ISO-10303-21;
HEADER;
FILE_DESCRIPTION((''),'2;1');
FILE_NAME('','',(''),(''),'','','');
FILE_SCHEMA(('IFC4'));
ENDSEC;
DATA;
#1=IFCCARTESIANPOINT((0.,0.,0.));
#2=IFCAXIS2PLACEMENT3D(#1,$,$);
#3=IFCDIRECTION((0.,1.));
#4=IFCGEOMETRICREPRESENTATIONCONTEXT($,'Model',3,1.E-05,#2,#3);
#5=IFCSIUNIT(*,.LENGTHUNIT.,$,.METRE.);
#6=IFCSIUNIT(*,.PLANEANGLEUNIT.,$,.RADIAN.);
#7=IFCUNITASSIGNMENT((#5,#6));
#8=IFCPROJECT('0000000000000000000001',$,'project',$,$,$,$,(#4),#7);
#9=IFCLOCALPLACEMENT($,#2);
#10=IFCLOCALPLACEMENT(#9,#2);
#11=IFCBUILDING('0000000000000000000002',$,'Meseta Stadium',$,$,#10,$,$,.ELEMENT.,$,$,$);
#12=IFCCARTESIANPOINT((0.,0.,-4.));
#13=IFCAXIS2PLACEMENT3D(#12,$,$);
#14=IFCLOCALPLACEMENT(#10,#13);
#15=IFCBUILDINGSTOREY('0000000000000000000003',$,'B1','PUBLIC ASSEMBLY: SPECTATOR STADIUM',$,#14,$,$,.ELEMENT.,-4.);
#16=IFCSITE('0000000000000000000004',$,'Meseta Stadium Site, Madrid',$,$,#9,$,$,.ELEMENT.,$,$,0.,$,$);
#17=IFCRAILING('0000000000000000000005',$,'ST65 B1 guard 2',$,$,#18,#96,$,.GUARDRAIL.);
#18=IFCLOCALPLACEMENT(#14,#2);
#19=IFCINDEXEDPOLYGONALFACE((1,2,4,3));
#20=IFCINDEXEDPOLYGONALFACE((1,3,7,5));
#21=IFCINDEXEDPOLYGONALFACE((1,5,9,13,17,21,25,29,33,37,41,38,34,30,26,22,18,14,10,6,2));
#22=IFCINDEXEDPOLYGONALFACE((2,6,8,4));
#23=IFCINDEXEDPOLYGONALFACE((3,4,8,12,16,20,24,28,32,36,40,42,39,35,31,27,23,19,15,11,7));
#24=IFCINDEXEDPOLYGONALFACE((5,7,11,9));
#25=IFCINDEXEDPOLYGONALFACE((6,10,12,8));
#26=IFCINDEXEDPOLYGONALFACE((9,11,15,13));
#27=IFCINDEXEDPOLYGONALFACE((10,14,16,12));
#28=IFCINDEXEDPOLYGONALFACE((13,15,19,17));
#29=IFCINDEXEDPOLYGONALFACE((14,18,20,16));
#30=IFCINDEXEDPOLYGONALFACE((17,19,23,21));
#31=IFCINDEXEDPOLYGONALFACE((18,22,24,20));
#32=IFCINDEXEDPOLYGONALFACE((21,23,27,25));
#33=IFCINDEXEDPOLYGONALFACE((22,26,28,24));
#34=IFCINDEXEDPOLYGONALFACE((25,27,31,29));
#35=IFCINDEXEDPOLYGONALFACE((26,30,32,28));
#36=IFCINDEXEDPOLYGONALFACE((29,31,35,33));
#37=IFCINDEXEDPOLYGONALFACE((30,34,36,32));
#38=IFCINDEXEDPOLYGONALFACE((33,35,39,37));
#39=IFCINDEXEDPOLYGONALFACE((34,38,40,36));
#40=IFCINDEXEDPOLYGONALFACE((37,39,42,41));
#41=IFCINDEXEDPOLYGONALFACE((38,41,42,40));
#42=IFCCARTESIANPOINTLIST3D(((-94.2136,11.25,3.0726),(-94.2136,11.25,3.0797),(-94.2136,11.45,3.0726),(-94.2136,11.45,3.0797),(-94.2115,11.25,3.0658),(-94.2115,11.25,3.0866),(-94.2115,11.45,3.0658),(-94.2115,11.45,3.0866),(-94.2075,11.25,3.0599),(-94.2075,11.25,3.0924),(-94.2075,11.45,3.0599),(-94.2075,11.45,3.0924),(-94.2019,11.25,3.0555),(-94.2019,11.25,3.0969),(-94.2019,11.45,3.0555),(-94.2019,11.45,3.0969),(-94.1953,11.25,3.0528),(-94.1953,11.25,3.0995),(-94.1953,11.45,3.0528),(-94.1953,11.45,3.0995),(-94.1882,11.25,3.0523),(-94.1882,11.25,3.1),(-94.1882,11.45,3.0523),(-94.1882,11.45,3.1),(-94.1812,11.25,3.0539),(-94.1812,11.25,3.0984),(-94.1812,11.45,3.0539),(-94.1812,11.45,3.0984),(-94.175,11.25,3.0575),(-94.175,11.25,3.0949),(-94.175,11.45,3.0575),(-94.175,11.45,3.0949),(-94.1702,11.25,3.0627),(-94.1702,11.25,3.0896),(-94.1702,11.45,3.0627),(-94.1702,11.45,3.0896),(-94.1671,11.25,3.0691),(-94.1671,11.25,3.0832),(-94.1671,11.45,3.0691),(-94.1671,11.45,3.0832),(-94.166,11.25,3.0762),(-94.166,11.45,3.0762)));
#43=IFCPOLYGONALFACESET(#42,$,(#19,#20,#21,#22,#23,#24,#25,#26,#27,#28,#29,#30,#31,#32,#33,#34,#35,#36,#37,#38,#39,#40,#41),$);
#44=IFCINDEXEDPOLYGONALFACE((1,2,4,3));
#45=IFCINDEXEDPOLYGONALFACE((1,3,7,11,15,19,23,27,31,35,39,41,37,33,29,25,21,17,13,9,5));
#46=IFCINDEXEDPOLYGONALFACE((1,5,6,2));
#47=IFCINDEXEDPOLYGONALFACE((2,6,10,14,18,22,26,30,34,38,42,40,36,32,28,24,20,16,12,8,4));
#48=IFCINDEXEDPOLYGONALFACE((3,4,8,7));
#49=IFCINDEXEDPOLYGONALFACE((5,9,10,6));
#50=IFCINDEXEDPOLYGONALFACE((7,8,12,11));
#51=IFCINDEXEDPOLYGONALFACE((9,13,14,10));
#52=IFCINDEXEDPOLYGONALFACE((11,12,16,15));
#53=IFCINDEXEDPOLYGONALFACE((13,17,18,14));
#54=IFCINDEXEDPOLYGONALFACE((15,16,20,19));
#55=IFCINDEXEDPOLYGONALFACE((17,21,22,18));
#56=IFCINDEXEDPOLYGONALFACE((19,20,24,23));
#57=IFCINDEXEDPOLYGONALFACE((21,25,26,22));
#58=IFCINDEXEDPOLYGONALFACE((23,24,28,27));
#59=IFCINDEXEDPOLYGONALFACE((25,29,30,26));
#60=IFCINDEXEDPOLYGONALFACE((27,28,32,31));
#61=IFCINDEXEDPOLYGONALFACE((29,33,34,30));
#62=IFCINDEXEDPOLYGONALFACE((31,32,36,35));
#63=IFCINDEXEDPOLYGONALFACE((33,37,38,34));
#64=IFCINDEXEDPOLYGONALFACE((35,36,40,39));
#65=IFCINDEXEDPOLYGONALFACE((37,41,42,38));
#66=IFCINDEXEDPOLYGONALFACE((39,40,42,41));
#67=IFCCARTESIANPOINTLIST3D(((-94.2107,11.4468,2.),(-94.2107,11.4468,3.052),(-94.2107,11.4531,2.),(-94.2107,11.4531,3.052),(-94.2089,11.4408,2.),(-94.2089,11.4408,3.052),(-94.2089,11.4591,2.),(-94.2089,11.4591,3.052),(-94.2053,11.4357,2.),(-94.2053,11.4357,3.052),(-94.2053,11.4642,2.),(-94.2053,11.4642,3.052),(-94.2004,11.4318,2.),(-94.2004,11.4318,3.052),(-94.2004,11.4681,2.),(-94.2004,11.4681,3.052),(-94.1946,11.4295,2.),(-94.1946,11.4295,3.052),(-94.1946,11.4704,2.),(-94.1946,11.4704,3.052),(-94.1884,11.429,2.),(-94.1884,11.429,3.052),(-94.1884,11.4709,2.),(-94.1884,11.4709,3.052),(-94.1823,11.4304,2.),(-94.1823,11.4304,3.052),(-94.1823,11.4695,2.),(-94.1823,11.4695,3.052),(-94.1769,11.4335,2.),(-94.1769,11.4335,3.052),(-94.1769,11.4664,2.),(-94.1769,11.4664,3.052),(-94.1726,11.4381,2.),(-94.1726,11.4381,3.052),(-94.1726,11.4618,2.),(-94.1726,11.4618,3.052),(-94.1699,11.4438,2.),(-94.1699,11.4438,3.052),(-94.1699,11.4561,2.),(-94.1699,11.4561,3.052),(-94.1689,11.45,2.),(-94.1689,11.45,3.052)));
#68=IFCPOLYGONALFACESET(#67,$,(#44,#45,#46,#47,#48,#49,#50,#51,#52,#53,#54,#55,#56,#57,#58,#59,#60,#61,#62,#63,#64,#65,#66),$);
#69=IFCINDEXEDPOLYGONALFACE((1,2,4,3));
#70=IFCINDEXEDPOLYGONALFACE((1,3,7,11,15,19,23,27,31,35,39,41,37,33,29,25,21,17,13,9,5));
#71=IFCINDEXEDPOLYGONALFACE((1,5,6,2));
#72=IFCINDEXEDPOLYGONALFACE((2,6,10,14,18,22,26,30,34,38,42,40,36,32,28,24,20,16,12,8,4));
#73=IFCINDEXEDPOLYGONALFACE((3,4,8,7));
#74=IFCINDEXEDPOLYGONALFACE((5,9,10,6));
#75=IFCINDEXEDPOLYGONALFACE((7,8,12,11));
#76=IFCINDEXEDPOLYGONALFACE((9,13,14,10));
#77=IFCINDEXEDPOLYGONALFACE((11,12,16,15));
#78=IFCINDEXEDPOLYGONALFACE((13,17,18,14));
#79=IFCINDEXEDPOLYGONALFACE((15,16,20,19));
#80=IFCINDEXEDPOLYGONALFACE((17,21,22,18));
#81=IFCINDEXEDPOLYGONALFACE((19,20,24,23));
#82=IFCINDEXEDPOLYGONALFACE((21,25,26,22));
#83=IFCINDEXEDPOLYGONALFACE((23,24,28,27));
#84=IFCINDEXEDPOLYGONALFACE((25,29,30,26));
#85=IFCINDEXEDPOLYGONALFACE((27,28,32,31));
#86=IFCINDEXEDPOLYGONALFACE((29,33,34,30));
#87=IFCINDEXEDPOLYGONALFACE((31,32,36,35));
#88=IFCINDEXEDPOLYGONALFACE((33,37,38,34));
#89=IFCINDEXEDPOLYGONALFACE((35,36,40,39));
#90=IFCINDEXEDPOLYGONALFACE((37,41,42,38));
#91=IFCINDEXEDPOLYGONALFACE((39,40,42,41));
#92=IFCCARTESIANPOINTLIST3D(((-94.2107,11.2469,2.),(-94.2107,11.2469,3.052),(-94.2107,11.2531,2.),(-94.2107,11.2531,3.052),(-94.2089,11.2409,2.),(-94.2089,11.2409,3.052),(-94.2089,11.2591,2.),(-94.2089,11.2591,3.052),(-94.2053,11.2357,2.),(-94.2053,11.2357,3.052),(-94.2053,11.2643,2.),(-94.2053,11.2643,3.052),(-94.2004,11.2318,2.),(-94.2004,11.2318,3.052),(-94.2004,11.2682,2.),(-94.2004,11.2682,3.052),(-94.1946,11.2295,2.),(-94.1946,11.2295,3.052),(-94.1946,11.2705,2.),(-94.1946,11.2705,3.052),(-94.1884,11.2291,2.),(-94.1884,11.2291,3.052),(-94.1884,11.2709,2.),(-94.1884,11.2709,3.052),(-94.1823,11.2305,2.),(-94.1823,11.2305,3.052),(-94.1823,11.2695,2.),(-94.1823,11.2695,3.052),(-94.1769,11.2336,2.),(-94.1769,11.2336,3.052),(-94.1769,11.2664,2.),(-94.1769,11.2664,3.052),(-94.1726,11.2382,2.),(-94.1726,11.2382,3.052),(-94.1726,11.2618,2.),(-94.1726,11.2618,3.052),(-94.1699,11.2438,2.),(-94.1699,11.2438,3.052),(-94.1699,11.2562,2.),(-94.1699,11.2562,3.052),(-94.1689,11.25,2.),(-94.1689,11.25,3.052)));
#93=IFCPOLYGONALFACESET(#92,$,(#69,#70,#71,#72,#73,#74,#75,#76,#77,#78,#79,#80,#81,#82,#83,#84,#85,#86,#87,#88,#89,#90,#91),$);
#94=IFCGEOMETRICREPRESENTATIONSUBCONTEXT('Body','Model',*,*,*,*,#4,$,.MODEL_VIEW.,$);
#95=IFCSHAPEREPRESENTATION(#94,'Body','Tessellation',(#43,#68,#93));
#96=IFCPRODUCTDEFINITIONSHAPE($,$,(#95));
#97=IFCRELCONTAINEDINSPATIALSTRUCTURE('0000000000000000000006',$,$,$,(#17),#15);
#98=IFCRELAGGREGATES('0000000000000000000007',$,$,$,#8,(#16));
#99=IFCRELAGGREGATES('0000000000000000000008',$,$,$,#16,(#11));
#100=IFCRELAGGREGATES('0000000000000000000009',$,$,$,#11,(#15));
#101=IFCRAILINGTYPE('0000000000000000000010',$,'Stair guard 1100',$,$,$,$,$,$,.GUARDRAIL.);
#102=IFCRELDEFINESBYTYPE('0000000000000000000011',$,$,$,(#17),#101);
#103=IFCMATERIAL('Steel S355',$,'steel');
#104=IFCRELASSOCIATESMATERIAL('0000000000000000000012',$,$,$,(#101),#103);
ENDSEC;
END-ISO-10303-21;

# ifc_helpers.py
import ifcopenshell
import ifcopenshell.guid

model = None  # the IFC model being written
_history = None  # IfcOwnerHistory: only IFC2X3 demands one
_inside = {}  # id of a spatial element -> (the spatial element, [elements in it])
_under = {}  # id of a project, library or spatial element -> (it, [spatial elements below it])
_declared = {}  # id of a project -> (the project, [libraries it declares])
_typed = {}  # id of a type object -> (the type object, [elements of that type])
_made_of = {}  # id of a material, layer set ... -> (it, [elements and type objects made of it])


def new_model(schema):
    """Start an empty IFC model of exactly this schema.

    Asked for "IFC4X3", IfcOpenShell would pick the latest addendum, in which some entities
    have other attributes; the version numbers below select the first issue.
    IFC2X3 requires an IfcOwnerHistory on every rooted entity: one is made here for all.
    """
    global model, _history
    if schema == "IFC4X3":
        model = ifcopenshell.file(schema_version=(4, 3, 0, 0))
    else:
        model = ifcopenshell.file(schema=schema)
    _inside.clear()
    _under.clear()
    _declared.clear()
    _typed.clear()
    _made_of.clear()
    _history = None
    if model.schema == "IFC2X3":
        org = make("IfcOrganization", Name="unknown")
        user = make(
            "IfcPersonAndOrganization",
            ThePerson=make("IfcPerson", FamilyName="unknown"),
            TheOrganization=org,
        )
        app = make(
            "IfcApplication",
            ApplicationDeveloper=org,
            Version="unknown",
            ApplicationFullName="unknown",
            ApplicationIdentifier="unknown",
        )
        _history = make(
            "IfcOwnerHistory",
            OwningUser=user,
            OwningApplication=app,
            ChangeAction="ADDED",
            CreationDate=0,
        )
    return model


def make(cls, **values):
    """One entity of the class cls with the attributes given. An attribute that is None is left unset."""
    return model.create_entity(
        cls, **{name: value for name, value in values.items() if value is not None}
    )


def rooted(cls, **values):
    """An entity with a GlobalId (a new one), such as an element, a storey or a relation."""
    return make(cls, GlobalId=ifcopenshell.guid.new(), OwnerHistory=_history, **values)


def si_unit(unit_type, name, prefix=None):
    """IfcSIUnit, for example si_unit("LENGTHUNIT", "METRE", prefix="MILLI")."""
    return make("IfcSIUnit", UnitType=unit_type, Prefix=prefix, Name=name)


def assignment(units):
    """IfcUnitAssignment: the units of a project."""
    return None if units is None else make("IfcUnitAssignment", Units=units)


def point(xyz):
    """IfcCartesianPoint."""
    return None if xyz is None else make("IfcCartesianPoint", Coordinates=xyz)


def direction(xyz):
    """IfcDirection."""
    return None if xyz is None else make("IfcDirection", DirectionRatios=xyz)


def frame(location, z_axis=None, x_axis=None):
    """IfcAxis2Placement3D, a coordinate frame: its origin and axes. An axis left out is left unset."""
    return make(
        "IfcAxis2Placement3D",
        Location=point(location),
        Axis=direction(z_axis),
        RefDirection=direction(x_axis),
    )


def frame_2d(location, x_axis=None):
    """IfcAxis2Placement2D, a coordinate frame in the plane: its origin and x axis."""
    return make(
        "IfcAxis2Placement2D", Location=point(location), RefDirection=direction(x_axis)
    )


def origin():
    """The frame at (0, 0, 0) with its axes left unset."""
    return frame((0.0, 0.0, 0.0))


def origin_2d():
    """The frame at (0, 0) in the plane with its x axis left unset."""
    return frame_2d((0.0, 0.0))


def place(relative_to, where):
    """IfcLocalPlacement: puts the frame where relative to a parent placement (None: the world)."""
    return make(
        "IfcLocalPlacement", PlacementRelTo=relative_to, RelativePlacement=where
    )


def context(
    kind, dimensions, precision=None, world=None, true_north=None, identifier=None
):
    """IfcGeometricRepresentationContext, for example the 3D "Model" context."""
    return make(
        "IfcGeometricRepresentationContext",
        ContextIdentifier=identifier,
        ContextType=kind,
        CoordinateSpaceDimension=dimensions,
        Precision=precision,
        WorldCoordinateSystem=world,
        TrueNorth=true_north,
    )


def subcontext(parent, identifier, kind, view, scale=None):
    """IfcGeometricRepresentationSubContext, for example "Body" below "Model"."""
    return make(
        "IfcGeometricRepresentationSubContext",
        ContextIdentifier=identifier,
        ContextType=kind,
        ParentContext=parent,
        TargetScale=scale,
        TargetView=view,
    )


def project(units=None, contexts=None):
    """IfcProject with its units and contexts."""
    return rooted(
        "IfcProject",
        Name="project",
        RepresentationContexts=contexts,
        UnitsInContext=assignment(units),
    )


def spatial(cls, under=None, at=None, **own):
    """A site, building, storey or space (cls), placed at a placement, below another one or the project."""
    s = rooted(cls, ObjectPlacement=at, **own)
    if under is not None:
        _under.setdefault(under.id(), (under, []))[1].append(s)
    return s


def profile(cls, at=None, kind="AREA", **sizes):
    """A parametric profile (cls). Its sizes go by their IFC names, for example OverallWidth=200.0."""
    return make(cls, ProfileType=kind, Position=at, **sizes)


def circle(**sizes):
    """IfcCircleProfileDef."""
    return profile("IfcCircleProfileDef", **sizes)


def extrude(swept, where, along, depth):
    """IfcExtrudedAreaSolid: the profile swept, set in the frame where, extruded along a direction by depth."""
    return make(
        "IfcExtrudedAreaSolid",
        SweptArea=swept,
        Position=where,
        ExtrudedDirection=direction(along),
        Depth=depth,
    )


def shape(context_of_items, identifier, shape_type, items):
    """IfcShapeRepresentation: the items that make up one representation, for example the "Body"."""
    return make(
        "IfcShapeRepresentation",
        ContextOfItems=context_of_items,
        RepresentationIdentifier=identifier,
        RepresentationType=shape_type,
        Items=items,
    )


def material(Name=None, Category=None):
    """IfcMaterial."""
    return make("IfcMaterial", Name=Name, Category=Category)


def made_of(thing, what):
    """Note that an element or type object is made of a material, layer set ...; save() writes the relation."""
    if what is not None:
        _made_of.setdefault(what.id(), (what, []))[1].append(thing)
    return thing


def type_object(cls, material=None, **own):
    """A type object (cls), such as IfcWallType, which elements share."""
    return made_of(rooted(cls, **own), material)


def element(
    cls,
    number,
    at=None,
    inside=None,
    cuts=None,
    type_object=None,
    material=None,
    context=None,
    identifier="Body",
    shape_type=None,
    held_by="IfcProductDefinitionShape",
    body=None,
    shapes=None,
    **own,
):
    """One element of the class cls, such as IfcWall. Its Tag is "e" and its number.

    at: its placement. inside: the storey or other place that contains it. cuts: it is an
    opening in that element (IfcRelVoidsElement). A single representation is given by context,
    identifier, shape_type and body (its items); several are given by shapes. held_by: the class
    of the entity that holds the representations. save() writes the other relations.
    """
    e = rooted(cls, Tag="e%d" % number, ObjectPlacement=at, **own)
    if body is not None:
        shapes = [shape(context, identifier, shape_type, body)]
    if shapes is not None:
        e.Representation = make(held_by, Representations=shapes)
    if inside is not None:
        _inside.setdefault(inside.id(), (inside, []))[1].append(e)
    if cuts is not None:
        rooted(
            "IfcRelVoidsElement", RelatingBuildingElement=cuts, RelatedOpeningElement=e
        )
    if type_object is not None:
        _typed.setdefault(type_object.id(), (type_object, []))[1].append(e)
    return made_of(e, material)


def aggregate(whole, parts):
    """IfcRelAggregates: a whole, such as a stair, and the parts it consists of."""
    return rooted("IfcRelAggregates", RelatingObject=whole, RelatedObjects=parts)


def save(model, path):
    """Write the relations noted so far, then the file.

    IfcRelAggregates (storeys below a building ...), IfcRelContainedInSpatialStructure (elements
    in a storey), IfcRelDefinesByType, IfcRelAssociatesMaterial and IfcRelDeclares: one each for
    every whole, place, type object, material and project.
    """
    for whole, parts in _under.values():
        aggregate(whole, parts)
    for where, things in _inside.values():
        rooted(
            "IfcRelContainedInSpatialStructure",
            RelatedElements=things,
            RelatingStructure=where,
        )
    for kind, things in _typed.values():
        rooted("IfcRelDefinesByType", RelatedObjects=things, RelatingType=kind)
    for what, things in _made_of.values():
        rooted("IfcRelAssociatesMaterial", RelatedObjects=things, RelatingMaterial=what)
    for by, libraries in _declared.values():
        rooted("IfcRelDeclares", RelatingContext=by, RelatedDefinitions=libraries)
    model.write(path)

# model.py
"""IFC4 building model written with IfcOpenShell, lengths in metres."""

from ifc_helpers import new_model, si_unit, direction, frame, origin, origin_2d, place, context, subcontext, project, spatial, circle, extrude, material, type_object, element, save


model = new_model("IFC4")

# Units and contexts
model_context = context("Model", 3, precision=1e-05, world=origin(), true_north=direction((0.0, 1.0)))
body_context = subcontext(model_context, "Body", "Model", "MODEL_VIEW")
ifc_project = project(units=[si_unit("LENGTHUNIT", "METRE"), si_unit("PLANEANGLEUNIT", "RADIAN")], contexts=[model_context])

# Site, building, storey
site_placement = place(None, origin())
site = spatial("IfcSite", under=ifc_project, at=site_placement, Name="Meseta Stadium Site, Madrid", CompositionType="ELEMENT", RefElevation=0.0)
building_placement = place(site_placement, origin())
building = spatial("IfcBuilding", under=site, at=building_placement, Name="Meseta Stadium", CompositionType="ELEMENT")
storey_placement = place(building_placement, frame((0.0, 0.0, -4.0)))
storey = spatial("IfcBuildingStorey", under=building, at=storey_placement, Name="B1", Description="PUBLIC ASSEMBLY: SPECTATOR STADIUM", CompositionType="ELEMENT", Elevation=-4.0)

# Railing
ifc_material_1 = material(Name="Steel S355", Category="steel")
railing_type_1 = type_object("IfcRailingType", Name="Stair guard 1100", PredefinedType="GUARDRAIL", material=ifc_material_1)
railing_1_placement = place(storey_placement, frame((-94.1899, 11.45, 2.0)))
element("IfcRailing", 1, at=railing_1_placement, inside=storey, type_object=railing_type_1, Name="ST65 B1 guard 2", PredefinedType="GUARDRAIL", context=body_context, shape_type="SweptSolid", body=[
    extrude(circle(Radius=0.0239, at=origin_2d()), frame((0.0, 0.0, 1.0762), z_axis=(0.0, -1.0, 0.0), x_axis=(1.0, 0.0, 0.0)), (0.0, 0.0, 1.0), 0.2),
    extrude(circle(Radius=0.021, at=origin_2d()), origin(), (0.0, 0.0, 1.0), 1.052),
    extrude(circle(Radius=0.021, at=origin_2d()), frame((0.0, -0.2, 0.0)), (0.0, 0.0, 1.0), 1.052),
])

save(model, "model.ifc")
